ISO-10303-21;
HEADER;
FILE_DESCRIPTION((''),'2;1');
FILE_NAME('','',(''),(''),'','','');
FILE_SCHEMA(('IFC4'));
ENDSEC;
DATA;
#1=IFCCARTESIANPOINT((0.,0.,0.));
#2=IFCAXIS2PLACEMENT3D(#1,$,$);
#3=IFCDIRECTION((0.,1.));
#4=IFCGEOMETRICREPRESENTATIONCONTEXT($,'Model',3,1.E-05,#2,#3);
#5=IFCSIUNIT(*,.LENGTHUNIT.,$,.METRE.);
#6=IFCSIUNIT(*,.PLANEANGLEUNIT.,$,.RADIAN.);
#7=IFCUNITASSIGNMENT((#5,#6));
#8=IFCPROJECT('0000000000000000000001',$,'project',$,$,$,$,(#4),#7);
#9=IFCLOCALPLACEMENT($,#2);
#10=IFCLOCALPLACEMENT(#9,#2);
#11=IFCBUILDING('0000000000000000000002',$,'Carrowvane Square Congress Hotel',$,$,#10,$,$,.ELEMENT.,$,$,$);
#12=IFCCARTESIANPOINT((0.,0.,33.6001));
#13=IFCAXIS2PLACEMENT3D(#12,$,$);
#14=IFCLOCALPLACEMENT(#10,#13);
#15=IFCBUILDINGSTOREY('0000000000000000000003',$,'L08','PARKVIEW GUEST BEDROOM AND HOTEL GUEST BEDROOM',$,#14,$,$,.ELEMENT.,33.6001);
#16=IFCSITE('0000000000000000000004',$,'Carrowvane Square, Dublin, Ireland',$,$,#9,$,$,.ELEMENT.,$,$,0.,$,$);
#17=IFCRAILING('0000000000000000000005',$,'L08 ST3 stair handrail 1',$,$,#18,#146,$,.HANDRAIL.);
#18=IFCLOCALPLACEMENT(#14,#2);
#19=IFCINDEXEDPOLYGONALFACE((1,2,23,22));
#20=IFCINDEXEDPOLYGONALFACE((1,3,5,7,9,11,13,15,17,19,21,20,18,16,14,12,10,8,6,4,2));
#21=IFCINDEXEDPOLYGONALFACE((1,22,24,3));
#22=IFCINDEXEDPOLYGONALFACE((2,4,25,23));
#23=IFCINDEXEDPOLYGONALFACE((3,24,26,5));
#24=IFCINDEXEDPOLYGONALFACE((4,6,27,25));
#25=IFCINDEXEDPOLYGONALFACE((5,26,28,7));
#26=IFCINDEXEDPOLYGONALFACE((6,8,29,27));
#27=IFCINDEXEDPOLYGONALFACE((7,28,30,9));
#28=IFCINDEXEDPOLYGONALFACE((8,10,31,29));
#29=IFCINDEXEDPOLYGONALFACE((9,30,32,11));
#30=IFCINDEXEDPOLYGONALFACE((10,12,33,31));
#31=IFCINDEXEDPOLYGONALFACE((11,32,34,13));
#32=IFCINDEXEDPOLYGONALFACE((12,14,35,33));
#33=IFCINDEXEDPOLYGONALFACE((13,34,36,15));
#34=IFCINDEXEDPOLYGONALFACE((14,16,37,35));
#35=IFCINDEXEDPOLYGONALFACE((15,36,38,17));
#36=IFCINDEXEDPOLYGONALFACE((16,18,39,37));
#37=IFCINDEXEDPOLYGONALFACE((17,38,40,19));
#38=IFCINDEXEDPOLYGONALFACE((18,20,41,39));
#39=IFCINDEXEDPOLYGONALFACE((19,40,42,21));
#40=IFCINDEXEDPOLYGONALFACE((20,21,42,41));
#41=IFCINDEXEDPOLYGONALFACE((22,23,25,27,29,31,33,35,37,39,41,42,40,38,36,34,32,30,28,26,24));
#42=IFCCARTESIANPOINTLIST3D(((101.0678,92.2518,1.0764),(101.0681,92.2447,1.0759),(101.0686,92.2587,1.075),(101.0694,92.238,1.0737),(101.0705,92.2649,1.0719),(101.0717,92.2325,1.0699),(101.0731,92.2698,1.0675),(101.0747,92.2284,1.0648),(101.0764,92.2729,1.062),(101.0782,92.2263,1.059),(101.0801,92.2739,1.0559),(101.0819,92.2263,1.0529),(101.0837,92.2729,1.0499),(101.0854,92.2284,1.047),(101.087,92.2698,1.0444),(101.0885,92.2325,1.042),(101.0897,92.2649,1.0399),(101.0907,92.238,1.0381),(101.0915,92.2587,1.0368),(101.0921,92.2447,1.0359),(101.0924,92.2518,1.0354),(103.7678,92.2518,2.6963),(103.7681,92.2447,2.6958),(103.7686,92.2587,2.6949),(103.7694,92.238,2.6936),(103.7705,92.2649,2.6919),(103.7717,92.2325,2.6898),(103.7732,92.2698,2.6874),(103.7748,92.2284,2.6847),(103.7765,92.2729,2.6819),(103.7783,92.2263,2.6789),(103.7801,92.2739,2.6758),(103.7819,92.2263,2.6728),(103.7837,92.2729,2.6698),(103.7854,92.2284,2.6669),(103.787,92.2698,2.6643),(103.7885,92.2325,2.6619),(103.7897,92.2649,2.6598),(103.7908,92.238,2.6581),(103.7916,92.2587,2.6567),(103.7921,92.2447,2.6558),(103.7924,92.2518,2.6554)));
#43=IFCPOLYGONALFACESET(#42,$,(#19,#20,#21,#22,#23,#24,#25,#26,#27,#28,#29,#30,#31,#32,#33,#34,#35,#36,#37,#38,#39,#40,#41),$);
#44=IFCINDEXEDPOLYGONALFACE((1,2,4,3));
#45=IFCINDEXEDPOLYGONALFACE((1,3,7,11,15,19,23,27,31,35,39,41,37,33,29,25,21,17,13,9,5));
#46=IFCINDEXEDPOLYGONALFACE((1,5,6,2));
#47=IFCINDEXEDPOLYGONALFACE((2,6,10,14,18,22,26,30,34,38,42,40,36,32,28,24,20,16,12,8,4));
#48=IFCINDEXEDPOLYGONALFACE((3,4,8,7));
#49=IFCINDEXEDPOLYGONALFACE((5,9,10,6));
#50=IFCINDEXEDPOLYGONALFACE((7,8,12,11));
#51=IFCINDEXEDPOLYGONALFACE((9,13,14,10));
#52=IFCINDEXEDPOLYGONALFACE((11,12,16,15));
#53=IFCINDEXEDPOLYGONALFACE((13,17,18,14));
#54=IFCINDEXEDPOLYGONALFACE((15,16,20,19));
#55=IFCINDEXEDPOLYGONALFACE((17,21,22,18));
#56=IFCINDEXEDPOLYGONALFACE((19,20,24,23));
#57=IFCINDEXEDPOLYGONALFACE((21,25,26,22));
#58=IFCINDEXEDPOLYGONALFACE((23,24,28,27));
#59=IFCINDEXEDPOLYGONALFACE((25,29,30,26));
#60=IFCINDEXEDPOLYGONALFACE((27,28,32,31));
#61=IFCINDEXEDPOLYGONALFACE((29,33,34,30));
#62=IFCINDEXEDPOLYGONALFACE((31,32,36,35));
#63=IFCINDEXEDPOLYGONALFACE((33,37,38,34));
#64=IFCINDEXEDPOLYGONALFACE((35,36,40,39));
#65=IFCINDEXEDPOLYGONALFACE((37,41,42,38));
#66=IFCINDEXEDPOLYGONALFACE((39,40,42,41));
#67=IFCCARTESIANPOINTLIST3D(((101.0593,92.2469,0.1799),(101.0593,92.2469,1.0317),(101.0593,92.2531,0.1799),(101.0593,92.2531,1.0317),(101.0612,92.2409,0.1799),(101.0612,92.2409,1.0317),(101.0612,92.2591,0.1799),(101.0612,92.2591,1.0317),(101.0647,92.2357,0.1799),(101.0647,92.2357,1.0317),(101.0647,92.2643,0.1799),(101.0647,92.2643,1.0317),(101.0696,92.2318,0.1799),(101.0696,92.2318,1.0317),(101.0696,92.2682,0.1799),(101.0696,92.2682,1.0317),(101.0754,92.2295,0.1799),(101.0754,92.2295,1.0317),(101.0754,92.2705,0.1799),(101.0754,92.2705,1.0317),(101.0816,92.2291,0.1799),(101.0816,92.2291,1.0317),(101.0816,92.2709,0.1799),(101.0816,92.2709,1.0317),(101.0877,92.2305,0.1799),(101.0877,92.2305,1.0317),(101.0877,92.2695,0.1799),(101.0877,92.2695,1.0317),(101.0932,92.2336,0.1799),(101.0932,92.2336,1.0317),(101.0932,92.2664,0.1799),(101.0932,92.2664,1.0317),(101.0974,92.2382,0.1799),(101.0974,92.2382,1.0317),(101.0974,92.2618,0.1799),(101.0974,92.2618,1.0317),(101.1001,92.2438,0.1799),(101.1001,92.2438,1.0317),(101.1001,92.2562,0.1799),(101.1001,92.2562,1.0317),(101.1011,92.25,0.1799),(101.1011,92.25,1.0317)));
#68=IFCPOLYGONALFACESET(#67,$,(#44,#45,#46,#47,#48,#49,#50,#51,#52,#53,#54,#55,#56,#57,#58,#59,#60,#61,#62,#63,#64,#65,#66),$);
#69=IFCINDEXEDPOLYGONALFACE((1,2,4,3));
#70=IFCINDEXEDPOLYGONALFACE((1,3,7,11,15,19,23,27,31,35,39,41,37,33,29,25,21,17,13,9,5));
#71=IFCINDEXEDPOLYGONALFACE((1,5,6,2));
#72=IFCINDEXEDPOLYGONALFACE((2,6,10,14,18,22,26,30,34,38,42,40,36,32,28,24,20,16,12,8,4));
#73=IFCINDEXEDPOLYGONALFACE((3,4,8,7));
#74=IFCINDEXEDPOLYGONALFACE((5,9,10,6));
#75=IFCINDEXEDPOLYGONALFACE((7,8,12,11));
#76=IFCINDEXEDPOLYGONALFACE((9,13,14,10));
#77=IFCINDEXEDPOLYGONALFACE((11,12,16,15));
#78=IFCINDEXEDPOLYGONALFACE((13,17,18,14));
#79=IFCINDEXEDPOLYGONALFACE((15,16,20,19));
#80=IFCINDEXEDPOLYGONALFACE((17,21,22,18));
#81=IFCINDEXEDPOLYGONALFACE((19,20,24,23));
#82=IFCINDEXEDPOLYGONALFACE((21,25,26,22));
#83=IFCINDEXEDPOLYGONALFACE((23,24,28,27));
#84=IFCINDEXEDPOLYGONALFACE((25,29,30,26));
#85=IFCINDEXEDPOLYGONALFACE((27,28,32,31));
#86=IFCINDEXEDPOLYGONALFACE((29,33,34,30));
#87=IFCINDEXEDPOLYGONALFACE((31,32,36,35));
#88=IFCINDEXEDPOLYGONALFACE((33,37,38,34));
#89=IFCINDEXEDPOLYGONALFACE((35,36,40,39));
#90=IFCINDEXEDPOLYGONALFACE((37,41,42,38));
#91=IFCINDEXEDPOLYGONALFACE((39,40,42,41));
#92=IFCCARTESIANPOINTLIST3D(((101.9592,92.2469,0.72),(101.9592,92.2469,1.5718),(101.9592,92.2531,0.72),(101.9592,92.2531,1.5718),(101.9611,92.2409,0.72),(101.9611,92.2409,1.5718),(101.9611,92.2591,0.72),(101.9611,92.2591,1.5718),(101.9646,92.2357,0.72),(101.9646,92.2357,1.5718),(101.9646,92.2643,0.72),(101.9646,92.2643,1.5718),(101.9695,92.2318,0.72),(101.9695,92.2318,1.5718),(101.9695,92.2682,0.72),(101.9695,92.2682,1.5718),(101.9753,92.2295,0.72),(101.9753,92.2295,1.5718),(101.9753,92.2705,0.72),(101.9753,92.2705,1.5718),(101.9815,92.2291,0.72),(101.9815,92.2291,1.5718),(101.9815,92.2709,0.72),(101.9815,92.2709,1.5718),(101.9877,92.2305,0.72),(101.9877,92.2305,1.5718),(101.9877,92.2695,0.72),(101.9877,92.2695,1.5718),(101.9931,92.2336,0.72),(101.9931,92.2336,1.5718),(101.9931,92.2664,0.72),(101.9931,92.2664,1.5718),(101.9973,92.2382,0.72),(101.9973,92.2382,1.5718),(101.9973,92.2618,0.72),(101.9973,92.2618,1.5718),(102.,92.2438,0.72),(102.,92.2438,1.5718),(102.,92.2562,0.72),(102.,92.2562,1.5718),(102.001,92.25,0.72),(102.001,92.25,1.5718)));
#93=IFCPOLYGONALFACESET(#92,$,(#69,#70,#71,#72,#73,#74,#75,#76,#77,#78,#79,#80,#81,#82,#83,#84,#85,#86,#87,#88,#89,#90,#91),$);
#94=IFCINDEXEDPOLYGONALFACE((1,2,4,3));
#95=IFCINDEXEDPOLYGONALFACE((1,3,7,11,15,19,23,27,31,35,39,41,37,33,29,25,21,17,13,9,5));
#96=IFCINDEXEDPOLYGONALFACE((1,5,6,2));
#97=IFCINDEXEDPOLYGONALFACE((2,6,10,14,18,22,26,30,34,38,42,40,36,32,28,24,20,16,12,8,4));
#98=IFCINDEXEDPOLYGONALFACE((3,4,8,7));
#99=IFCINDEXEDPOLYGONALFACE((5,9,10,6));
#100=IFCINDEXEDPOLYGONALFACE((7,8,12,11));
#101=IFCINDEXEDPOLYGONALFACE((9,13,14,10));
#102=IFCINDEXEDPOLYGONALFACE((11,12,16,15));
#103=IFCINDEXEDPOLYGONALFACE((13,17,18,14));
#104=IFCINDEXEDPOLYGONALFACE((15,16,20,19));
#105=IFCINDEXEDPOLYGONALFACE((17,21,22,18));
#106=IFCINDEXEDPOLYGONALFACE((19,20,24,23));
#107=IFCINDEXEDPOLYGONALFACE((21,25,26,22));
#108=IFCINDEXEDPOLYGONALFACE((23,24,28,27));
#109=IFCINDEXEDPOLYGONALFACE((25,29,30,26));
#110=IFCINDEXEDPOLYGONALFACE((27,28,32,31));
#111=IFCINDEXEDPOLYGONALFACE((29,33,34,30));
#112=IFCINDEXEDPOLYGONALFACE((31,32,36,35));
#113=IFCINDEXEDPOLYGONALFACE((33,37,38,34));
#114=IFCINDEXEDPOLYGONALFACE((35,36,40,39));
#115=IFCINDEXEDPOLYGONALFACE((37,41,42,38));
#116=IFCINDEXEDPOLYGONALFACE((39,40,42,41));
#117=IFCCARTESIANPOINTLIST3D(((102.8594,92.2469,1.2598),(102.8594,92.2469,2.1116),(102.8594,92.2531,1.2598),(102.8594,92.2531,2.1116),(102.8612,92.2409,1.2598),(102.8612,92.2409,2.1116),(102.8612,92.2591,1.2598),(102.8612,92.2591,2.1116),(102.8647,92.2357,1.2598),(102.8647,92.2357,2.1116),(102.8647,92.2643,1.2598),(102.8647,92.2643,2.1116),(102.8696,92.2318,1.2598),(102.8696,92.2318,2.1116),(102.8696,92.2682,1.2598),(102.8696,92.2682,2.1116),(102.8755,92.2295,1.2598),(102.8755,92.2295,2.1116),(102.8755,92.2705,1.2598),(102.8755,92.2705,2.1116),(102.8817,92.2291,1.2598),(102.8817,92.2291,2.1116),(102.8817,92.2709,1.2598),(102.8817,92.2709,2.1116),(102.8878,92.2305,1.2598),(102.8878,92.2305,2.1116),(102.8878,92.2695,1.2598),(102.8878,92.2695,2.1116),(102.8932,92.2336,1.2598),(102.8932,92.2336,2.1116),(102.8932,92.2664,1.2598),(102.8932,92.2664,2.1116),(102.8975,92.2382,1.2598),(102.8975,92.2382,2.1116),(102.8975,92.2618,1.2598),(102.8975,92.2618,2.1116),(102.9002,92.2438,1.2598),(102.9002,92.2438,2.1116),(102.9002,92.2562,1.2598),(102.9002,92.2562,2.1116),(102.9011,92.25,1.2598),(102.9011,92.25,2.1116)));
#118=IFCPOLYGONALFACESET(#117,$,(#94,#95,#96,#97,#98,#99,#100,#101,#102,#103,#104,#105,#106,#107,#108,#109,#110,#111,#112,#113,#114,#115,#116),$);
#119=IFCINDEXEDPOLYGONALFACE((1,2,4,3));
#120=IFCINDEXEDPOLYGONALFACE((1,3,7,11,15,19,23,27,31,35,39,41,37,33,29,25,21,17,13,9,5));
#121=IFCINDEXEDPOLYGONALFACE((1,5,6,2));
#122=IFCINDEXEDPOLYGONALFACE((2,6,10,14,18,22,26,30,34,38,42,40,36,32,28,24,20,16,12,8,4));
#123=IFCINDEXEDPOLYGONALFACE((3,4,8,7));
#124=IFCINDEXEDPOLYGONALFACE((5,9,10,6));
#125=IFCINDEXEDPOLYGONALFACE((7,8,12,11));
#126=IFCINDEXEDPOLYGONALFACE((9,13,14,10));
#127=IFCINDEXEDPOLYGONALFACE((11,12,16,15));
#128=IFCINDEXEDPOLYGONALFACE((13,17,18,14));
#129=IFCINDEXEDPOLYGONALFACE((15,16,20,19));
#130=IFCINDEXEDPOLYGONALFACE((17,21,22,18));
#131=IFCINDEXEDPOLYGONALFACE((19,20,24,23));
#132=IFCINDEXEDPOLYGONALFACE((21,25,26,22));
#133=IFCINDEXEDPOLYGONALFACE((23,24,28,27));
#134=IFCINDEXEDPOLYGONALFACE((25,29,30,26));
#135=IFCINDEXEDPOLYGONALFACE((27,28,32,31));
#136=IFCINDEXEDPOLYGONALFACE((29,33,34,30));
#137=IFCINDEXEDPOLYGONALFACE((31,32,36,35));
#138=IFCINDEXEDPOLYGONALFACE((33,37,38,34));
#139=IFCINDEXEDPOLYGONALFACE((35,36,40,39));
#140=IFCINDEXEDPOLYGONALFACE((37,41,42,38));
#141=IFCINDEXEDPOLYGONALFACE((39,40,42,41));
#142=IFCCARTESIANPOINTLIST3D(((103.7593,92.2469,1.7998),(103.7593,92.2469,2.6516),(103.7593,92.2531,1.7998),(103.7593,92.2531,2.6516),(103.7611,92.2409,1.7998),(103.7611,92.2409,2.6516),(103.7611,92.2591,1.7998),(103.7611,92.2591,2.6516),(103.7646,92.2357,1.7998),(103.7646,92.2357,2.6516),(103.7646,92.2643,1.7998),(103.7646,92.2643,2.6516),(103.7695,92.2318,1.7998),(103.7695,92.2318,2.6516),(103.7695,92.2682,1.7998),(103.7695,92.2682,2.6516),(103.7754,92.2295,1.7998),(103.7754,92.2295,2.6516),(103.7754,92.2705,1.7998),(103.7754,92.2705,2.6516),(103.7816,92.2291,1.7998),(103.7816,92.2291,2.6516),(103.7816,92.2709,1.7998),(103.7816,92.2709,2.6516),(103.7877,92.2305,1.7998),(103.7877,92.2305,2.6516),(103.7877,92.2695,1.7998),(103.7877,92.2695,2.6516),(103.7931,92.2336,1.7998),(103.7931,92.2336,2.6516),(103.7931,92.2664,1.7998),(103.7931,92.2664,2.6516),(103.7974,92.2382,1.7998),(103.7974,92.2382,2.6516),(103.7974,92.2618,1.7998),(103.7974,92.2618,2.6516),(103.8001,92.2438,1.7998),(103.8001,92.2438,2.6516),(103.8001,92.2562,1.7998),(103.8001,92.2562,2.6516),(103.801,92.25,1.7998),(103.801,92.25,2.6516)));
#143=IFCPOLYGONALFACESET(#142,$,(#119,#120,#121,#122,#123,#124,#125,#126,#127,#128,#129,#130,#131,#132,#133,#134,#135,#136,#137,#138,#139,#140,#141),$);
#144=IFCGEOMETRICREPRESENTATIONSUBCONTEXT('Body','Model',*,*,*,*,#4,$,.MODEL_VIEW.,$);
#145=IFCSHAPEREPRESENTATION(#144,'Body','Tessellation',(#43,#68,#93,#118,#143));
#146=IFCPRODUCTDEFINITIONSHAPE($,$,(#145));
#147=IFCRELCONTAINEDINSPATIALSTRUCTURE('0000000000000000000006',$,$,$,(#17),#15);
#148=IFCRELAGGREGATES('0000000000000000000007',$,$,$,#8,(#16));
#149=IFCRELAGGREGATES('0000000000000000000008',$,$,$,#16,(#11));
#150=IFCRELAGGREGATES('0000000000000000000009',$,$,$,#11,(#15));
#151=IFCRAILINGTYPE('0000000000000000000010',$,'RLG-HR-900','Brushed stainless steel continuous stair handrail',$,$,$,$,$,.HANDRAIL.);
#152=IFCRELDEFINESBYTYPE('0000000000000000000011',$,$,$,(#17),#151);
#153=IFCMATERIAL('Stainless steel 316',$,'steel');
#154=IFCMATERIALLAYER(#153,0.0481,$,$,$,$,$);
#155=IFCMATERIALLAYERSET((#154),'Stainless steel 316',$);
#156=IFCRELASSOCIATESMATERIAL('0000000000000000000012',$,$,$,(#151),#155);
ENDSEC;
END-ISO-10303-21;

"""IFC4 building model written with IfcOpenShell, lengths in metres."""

from ifc_helpers import new_model, si_unit, direction, frame, origin, origin_2d, place, context, subcontext, project, spatial, circle, extrude, material, layer, layer_set, type_object, element, save


model = new_model("IFC4")

# Units and contexts
model_context = context("Model", 3, precision=1e-05, world=origin(), true_north=direction((0.0, 1.0)))
body_context = subcontext(model_context, "Body", "Model", "MODEL_VIEW")
ifc_project = project(units=[si_unit("LENGTHUNIT", "METRE"), si_unit("PLANEANGLEUNIT", "RADIAN")], contexts=[model_context])

# Site, building, storey
site_placement = place(None, origin())
site = spatial("IfcSite", under=ifc_project, at=site_placement, Name="Carrowvane Square, Dublin, Ireland", CompositionType="ELEMENT", RefElevation=0.0)
building_placement = place(site_placement, origin())
building = spatial("IfcBuilding", under=site, at=building_placement, Name="Carrowvane Square Congress Hotel", CompositionType="ELEMENT")
storey_placement = place(building_placement, frame((0.0, 0.0, 33.6001)))
storey = spatial("IfcBuildingStorey", under=building, at=storey_placement, Name="L08", Description="PARKVIEW GUEST BEDROOM AND HOTEL GUEST BEDROOM", CompositionType="ELEMENT", Elevation=33.6001)

# Railing
ifc_material_1 = material(Name="Stainless steel 316", Category="steel")
ifc_layer_1 = layer(ifc_material_1, 0.0481)
ifc_layer_set_1 = layer_set([ifc_layer_1], Name="Stainless steel 316")
railing_type_1 = type_object("IfcRailingType", Name="RLG-HR-900", Description="Brushed stainless steel continuous stair handrail", PredefinedType="HANDRAIL", material=ifc_layer_set_1)
railing_1_placement = place(storey_placement, frame((101.0801, 92.25, 0.1799)))
element("IfcRailing", 1, at=railing_1_placement, inside=storey, type_object=railing_type_1, Name="L08 ST3 stair handrail 1", PredefinedType="HANDRAIL", context=body_context, shape_type="SweptSolid", body=[
    extrude(circle(Radius=0.0239, at=origin_2d()), frame((0.0, 0.0, 0.876), z_axis=(0.857507, 0.0, 0.514473), x_axis=(0.0, 1.0, 0.0)), (0.0, 0.0, 1.0), 3.1487),
    extrude(circle(Radius=0.021, at=origin_2d()), origin(), (0.0, 0.0, 1.0), 0.8518),
    extrude(circle(Radius=0.021, at=origin_2d()), frame((0.8999, 0.0, 0.54)), (0.0, 0.0, 1.0), 0.8518),
    extrude(circle(Radius=0.021, at=origin_2d()), frame((1.8, 0.0, 1.0798)), (0.0, 0.0, 1.0), 0.8518),
    extrude(circle(Radius=0.021, at=origin_2d()), frame((2.7, 0.0, 1.6199)), (0.0, 0.0, 1.0), 0.8518),
])

save(model, "model.ifc")
